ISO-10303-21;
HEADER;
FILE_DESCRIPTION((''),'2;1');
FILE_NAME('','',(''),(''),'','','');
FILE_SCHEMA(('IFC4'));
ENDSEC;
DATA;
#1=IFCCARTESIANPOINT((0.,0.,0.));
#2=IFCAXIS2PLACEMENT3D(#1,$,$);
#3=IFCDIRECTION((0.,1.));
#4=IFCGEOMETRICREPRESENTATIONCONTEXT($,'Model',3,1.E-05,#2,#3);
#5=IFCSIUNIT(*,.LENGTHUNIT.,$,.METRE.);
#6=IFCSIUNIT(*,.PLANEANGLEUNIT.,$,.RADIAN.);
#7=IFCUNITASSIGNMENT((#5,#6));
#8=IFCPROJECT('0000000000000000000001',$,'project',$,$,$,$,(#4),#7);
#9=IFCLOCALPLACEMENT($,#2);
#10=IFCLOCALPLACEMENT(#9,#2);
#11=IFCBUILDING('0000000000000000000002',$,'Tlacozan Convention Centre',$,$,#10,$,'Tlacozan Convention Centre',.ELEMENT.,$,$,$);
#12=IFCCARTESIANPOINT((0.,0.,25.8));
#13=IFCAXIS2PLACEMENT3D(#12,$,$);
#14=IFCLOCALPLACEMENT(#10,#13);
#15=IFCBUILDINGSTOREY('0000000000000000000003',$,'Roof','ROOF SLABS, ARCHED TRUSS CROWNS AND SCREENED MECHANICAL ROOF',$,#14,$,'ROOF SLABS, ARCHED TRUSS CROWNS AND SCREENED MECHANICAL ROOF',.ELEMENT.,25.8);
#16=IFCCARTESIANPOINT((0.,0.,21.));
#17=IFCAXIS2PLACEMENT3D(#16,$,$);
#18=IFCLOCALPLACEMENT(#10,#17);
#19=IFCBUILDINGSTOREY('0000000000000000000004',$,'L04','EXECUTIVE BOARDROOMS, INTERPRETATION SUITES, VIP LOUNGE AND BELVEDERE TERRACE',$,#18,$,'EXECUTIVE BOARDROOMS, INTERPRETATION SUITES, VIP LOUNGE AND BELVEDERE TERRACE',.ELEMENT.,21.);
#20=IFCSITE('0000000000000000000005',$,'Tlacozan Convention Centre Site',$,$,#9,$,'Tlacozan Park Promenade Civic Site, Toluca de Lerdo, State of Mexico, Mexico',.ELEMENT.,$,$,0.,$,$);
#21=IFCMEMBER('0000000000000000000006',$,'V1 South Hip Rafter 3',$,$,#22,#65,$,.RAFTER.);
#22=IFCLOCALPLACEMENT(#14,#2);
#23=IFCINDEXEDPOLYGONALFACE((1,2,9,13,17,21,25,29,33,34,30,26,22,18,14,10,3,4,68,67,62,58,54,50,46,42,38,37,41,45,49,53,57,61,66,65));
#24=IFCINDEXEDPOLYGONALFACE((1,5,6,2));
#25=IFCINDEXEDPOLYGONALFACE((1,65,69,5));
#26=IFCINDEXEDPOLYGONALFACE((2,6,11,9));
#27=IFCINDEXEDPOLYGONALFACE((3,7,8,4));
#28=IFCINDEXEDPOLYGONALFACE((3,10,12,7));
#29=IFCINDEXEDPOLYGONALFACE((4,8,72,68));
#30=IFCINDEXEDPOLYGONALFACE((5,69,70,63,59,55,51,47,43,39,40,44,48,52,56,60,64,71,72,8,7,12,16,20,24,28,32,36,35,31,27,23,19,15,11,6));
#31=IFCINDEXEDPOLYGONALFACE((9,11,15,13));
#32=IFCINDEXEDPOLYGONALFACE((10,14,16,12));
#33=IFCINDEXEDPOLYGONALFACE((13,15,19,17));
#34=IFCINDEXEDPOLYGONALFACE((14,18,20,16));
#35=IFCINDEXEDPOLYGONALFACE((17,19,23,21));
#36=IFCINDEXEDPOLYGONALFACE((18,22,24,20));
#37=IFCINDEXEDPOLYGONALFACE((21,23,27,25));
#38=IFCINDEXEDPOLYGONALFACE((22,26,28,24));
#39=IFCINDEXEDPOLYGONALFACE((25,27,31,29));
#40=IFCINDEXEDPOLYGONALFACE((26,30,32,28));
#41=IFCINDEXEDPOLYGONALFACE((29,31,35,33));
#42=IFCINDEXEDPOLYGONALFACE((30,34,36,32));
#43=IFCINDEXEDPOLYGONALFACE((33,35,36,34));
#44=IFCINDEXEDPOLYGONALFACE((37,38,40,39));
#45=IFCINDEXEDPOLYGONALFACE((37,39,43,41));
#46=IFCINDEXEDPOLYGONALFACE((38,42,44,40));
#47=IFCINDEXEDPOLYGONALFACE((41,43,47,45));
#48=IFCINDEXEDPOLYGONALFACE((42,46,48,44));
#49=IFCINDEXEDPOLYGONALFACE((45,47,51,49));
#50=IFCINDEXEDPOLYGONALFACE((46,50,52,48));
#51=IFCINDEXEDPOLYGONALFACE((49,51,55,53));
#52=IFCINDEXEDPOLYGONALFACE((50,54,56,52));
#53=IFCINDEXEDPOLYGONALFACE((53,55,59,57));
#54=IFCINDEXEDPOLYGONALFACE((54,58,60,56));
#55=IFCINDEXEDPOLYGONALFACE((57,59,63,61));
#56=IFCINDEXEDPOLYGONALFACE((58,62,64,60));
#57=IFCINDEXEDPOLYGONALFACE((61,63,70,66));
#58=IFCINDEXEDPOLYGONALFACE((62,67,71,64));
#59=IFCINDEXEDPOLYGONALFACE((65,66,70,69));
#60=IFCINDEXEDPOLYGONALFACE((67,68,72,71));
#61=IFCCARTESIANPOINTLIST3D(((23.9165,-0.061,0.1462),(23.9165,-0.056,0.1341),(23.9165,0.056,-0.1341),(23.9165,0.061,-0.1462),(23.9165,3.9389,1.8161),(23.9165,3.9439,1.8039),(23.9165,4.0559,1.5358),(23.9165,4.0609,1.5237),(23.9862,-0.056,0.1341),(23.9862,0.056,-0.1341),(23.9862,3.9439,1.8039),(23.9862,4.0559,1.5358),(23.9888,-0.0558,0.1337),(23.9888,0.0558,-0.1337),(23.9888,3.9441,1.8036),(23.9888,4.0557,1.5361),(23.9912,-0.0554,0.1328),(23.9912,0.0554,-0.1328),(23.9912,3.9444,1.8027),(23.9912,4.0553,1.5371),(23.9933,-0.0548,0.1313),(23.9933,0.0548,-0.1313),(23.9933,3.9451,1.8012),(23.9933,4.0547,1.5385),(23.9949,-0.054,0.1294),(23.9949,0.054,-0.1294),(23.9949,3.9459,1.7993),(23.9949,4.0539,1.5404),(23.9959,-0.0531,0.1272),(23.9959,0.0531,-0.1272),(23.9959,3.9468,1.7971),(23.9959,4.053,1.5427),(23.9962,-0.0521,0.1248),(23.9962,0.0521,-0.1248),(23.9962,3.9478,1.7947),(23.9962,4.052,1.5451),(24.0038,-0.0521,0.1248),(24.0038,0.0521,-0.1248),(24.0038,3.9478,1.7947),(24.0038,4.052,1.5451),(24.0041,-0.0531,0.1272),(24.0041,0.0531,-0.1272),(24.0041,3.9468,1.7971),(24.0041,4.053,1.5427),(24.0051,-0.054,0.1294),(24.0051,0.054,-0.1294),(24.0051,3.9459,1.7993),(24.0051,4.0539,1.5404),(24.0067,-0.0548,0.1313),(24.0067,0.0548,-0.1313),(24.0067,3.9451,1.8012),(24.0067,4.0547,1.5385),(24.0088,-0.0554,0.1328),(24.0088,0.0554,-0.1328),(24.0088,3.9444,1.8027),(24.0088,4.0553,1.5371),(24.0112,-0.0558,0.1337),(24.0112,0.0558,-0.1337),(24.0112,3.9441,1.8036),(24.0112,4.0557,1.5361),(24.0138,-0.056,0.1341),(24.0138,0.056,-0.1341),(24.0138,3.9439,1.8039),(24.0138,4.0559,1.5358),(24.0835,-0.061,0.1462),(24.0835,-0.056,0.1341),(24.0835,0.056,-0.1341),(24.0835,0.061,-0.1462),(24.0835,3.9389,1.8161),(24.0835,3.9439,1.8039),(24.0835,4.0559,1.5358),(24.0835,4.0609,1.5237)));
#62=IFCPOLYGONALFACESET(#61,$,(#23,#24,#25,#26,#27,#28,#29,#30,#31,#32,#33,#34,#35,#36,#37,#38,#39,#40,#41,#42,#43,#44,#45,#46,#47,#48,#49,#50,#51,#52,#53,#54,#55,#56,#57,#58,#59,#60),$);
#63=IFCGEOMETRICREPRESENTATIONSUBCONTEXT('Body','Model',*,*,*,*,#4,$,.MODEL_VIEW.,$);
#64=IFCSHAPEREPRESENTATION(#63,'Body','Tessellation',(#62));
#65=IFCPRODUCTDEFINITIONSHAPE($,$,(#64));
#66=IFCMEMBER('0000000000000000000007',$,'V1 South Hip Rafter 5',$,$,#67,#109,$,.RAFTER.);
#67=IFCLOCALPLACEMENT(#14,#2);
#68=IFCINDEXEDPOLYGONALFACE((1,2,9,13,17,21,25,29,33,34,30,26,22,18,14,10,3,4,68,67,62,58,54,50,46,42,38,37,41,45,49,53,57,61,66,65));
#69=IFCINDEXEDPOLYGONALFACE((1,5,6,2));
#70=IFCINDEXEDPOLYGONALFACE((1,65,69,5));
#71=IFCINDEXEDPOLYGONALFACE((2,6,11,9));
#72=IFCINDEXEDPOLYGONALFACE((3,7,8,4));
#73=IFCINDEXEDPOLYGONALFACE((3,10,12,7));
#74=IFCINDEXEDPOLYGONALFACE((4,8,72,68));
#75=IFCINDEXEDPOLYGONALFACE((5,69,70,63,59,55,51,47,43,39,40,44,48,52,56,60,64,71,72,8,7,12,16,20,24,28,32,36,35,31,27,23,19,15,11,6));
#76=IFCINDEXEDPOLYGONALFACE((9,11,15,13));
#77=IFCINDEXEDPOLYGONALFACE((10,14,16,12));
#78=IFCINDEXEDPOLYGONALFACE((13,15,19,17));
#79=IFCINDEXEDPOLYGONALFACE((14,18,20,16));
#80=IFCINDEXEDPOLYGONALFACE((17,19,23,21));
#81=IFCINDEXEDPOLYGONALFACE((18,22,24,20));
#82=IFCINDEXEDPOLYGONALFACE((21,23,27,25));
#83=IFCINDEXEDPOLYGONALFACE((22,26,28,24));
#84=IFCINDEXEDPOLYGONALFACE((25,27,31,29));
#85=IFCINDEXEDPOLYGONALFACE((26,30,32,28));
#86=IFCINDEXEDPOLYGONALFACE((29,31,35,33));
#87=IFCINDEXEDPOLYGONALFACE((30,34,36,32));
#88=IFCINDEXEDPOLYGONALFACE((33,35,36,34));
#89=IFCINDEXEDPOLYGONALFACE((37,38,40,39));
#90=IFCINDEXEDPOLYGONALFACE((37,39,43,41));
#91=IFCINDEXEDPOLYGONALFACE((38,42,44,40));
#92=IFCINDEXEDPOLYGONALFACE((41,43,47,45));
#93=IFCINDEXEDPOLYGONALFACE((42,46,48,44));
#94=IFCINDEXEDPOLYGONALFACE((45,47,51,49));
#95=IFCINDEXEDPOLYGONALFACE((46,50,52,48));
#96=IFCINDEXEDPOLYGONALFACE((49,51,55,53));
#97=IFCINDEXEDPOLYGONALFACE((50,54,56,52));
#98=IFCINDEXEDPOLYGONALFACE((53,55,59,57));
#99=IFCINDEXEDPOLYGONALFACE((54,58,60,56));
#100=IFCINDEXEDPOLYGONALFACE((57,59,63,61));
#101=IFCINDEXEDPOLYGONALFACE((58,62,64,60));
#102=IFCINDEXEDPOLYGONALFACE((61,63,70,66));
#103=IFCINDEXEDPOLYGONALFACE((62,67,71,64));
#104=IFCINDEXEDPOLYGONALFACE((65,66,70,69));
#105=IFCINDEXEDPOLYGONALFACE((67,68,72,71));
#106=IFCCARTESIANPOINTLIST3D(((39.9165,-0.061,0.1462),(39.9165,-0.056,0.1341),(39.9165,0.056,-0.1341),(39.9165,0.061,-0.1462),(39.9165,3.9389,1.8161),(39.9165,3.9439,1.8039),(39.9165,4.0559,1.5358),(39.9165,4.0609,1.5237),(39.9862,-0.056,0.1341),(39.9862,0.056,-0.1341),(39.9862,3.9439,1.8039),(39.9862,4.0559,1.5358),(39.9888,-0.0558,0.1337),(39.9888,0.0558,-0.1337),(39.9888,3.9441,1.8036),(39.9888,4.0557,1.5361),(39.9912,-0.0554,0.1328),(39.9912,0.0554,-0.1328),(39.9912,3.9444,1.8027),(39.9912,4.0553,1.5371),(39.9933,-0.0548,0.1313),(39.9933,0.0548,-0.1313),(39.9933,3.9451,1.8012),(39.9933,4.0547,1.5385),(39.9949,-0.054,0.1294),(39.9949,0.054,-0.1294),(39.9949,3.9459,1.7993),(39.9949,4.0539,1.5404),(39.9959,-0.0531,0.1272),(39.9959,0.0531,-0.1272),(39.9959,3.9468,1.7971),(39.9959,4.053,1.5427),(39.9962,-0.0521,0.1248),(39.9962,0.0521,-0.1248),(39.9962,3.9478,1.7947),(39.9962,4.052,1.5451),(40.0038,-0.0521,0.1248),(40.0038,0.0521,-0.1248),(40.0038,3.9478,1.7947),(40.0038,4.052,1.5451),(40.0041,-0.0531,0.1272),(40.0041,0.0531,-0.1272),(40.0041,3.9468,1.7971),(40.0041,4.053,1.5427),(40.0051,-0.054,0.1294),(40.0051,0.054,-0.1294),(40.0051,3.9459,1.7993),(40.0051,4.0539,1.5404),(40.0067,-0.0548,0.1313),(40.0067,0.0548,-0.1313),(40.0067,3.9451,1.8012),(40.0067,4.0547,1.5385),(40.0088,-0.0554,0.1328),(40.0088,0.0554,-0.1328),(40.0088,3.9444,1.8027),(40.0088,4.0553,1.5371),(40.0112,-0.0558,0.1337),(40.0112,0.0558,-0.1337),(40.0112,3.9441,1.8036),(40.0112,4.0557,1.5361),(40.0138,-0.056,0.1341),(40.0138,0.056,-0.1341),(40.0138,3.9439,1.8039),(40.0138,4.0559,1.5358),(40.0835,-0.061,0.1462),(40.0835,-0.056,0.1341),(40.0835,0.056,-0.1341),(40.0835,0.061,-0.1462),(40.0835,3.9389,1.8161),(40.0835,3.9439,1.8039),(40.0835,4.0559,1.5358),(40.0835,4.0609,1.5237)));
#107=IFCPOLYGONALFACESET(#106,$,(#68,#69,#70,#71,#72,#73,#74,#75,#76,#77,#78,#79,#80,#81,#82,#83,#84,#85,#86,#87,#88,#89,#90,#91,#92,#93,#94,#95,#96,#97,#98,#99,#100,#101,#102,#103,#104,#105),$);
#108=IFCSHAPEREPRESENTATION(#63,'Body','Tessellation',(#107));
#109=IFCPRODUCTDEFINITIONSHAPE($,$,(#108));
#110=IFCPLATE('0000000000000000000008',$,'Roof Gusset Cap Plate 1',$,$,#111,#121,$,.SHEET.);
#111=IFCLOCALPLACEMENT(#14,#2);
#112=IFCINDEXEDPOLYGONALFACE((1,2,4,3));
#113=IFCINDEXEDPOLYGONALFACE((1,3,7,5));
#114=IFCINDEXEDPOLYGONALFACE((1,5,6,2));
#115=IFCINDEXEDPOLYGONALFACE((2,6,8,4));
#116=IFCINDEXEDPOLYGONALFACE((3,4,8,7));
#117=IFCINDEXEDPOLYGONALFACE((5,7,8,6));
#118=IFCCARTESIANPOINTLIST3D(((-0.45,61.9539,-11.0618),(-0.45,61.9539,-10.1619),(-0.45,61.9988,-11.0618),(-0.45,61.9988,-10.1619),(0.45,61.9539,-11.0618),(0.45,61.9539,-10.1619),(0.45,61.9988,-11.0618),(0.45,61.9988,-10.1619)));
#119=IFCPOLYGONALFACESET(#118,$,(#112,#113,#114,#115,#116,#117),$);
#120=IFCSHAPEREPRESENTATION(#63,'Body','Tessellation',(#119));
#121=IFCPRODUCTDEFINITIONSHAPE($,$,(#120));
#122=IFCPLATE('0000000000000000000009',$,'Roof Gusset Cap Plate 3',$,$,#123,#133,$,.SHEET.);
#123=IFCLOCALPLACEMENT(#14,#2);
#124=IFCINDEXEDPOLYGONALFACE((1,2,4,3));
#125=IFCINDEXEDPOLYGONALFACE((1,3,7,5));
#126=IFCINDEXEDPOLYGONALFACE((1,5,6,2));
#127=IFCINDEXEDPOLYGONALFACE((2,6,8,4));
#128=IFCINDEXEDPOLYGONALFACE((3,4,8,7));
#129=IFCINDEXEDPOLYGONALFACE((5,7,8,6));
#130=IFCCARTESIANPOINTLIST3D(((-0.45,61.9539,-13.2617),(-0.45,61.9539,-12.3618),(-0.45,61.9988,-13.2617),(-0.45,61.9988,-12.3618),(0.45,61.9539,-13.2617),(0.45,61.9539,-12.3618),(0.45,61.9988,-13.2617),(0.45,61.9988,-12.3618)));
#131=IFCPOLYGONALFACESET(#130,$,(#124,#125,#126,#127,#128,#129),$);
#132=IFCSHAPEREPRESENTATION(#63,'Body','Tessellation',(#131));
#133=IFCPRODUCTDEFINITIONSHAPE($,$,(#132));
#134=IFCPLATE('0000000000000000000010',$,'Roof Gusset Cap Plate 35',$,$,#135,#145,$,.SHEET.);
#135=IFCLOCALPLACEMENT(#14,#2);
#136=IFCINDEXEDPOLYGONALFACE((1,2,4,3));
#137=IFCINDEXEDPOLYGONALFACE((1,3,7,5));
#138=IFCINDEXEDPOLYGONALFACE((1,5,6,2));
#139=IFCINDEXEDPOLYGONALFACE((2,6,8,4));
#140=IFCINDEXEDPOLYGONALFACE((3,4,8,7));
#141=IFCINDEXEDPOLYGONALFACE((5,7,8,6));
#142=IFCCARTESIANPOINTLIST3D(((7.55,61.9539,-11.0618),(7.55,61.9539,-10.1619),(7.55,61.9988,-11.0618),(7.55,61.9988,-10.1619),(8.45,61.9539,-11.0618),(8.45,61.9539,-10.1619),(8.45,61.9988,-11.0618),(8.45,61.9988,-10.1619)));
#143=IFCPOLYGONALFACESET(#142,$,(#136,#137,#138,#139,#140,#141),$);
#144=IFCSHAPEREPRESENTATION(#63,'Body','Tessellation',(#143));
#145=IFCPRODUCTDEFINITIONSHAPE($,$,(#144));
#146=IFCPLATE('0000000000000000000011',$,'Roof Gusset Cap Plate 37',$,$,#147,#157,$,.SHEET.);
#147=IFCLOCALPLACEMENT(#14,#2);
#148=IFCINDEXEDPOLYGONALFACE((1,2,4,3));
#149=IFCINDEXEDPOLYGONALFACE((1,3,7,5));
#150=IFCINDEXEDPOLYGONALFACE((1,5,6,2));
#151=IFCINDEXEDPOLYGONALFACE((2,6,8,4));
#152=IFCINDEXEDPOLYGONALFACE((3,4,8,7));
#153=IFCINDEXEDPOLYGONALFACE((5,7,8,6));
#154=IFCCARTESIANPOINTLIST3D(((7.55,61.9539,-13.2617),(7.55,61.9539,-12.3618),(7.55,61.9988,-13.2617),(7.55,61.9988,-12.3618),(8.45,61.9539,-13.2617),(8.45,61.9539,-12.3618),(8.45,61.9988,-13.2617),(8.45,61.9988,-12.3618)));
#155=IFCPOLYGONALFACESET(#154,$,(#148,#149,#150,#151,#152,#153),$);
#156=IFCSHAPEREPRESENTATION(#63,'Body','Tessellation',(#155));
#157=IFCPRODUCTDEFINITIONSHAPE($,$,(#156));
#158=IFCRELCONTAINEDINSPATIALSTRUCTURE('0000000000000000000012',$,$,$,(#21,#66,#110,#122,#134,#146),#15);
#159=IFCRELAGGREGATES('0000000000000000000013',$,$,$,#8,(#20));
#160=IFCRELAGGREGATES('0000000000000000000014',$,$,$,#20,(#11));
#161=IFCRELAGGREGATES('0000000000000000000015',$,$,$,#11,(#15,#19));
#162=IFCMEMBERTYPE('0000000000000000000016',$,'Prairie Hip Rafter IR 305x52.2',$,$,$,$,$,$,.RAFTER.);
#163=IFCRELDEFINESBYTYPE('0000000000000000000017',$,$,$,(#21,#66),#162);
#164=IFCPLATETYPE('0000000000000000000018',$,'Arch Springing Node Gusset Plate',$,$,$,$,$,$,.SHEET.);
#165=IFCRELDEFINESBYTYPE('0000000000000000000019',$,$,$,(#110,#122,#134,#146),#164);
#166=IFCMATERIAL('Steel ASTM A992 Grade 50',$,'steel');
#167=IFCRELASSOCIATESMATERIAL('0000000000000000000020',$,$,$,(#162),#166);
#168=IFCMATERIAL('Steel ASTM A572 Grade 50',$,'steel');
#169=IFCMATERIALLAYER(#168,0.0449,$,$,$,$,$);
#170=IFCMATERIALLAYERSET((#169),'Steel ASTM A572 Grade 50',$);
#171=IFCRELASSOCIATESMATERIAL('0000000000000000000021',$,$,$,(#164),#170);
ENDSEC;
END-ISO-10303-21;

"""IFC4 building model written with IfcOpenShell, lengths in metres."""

from ifc_helpers import new_model, si_unit, direction, frame, origin, origin_2d, place, context, subcontext, project, spatial, rectangle, i_section, extrude, material, layer, layer_set, material_profile, profile_set, type_object, element, save


model = new_model("IFC4")

# Units and contexts
model_context = context("Model", 3, precision=1e-05, world=origin(), true_north=direction((0.0, 1.0)))
body_context = subcontext(model_context, "Body", "Model", "MODEL_VIEW")
ifc_project = project(units=[si_unit("LENGTHUNIT", "METRE"), si_unit("PLANEANGLEUNIT", "RADIAN")], contexts=[model_context])

# Site, building, storey
site_placement = place(None, origin())
site = spatial("IfcSite", under=ifc_project, at=site_placement, Name="Tlacozan Convention Centre Site", LongName="Tlacozan Park Promenade Civic Site, Toluca de Lerdo, State of Mexico, Mexico", CompositionType="ELEMENT", RefElevation=0.0)
building_placement = place(site_placement, origin())
building = spatial("IfcBuilding", under=site, at=building_placement, Name="Tlacozan Convention Centre", LongName="Tlacozan Convention Centre", CompositionType="ELEMENT")
storey_1_placement = place(building_placement, frame((0.0, 0.0, 25.8)))
storey_1 = spatial("IfcBuildingStorey", under=building, at=storey_1_placement, Name="Roof", Description="ROOF SLABS, ARCHED TRUSS CROWNS AND SCREENED MECHANICAL ROOF", LongName="ROOF SLABS, ARCHED TRUSS CROWNS AND SCREENED MECHANICAL ROOF", CompositionType="ELEMENT", Elevation=25.8)

# Members
ifc_material_1 = material(Name="Steel ASTM A992 Grade 50", Category="steel")
ifc_material_profile_1 = material_profile(ifc_material_1, i_section(OverallWidth=0.167, OverallDepth=0.3169, WebThickness=0.0076, FlangeThickness=0.0132, FilletRadius=0.01, at=origin_2d()), Name="IR 305x52.2")
ifc_profile_set_1 = profile_set([ifc_material_profile_1], Name="Steel ASTM A992 Grade 50")
member_type_1 = type_object("IfcMemberType", Name="Prairie Hip Rafter IR 305x52.2", PredefinedType="RAFTER", material=ifc_profile_set_1)
for number, where, z_axis, x_axis, name in (
    (1, (24.0, 0.0, 0.0), (0.0, 0.92281, 0.385255), (-1.0, 0.0, 0.0), "V1 South Hip Rafter 3"),
    (2, (40.0, 0.0, 0.0), (0.0, 0.92281, 0.385255), (-1.0, 0.0, 0.0), "V1 South Hip Rafter 5"),
):
    element("IfcMember", number, at=place(storey_1_placement, frame(where, z_axis=z_axis, x_axis=x_axis)), inside=storey_1, type_object=member_type_1, Name=name, PredefinedType="RAFTER", context=body_context, shape_type="SweptSolid", body=[
        extrude(i_section(OverallWidth=0.167, OverallDepth=0.3169, WebThickness=0.0076, FlangeThickness=0.0132, FilletRadius=0.01, at=origin_2d()), origin(), (0.0, 0.0, 1.0), 4.3345),
    ])

# Plates
ifc_material_2 = material(Name="Steel ASTM A572 Grade 50", Category="steel")
ifc_layer_1 = layer(ifc_material_2, 0.0449)
ifc_layer_set_1 = layer_set([ifc_layer_1], Name="Steel ASTM A572 Grade 50")
plate_type = type_object("IfcPlateType", Name="Arch Springing Node Gusset Plate", PredefinedType="SHEET", material=ifc_layer_set_1)
for number, where, z_axis, x_axis, name in (
    (3, (0.0, 61.9763, -11.0618), (0.0, 0.0, 1.0), (0.0, 1.0, 0.0), "Roof Gusset Cap Plate 1"),
    (4, (0.0, 61.9763, -13.2617), (0.0, 0.0, 1.0), (0.0, 1.0, 0.0), "Roof Gusset Cap Plate 3"),
    (5, (8.0, 61.9763, -11.0618), (0.0, 0.0, 1.0), (0.0, 1.0, 0.0), "Roof Gusset Cap Plate 35"),
    (6, (8.0, 61.9763, -13.2617), (0.0, 0.0, 1.0), (0.0, 1.0, 0.0), "Roof Gusset Cap Plate 37"),
):
    element("IfcPlate", number, at=place(storey_1_placement, frame(where, z_axis=z_axis, x_axis=x_axis)), inside=storey_1, type_object=plate_type, Name=name, PredefinedType="SHEET", context=body_context, shape_type="SweptSolid", body=[
        extrude(rectangle(XDim=0.0449, YDim=0.8999, at=origin_2d()), origin(), (0.0, 0.0, 1.0), 0.8999),
    ])

# Shared definitions
storey_2_placement = place(building_placement, frame((0.0, 0.0, 21.0)))
storey_2 = spatial("IfcBuildingStorey", under=building, at=storey_2_placement, Name="L04", Description="EXECUTIVE BOARDROOMS, INTERPRETATION SUITES, VIP LOUNGE AND BELVEDERE TERRACE", LongName="EXECUTIVE BOARDROOMS, INTERPRETATION SUITES, VIP LOUNGE AND BELVEDERE TERRACE", CompositionType="ELEMENT", Elevation=21.0)

save(model, "model.ifc")
